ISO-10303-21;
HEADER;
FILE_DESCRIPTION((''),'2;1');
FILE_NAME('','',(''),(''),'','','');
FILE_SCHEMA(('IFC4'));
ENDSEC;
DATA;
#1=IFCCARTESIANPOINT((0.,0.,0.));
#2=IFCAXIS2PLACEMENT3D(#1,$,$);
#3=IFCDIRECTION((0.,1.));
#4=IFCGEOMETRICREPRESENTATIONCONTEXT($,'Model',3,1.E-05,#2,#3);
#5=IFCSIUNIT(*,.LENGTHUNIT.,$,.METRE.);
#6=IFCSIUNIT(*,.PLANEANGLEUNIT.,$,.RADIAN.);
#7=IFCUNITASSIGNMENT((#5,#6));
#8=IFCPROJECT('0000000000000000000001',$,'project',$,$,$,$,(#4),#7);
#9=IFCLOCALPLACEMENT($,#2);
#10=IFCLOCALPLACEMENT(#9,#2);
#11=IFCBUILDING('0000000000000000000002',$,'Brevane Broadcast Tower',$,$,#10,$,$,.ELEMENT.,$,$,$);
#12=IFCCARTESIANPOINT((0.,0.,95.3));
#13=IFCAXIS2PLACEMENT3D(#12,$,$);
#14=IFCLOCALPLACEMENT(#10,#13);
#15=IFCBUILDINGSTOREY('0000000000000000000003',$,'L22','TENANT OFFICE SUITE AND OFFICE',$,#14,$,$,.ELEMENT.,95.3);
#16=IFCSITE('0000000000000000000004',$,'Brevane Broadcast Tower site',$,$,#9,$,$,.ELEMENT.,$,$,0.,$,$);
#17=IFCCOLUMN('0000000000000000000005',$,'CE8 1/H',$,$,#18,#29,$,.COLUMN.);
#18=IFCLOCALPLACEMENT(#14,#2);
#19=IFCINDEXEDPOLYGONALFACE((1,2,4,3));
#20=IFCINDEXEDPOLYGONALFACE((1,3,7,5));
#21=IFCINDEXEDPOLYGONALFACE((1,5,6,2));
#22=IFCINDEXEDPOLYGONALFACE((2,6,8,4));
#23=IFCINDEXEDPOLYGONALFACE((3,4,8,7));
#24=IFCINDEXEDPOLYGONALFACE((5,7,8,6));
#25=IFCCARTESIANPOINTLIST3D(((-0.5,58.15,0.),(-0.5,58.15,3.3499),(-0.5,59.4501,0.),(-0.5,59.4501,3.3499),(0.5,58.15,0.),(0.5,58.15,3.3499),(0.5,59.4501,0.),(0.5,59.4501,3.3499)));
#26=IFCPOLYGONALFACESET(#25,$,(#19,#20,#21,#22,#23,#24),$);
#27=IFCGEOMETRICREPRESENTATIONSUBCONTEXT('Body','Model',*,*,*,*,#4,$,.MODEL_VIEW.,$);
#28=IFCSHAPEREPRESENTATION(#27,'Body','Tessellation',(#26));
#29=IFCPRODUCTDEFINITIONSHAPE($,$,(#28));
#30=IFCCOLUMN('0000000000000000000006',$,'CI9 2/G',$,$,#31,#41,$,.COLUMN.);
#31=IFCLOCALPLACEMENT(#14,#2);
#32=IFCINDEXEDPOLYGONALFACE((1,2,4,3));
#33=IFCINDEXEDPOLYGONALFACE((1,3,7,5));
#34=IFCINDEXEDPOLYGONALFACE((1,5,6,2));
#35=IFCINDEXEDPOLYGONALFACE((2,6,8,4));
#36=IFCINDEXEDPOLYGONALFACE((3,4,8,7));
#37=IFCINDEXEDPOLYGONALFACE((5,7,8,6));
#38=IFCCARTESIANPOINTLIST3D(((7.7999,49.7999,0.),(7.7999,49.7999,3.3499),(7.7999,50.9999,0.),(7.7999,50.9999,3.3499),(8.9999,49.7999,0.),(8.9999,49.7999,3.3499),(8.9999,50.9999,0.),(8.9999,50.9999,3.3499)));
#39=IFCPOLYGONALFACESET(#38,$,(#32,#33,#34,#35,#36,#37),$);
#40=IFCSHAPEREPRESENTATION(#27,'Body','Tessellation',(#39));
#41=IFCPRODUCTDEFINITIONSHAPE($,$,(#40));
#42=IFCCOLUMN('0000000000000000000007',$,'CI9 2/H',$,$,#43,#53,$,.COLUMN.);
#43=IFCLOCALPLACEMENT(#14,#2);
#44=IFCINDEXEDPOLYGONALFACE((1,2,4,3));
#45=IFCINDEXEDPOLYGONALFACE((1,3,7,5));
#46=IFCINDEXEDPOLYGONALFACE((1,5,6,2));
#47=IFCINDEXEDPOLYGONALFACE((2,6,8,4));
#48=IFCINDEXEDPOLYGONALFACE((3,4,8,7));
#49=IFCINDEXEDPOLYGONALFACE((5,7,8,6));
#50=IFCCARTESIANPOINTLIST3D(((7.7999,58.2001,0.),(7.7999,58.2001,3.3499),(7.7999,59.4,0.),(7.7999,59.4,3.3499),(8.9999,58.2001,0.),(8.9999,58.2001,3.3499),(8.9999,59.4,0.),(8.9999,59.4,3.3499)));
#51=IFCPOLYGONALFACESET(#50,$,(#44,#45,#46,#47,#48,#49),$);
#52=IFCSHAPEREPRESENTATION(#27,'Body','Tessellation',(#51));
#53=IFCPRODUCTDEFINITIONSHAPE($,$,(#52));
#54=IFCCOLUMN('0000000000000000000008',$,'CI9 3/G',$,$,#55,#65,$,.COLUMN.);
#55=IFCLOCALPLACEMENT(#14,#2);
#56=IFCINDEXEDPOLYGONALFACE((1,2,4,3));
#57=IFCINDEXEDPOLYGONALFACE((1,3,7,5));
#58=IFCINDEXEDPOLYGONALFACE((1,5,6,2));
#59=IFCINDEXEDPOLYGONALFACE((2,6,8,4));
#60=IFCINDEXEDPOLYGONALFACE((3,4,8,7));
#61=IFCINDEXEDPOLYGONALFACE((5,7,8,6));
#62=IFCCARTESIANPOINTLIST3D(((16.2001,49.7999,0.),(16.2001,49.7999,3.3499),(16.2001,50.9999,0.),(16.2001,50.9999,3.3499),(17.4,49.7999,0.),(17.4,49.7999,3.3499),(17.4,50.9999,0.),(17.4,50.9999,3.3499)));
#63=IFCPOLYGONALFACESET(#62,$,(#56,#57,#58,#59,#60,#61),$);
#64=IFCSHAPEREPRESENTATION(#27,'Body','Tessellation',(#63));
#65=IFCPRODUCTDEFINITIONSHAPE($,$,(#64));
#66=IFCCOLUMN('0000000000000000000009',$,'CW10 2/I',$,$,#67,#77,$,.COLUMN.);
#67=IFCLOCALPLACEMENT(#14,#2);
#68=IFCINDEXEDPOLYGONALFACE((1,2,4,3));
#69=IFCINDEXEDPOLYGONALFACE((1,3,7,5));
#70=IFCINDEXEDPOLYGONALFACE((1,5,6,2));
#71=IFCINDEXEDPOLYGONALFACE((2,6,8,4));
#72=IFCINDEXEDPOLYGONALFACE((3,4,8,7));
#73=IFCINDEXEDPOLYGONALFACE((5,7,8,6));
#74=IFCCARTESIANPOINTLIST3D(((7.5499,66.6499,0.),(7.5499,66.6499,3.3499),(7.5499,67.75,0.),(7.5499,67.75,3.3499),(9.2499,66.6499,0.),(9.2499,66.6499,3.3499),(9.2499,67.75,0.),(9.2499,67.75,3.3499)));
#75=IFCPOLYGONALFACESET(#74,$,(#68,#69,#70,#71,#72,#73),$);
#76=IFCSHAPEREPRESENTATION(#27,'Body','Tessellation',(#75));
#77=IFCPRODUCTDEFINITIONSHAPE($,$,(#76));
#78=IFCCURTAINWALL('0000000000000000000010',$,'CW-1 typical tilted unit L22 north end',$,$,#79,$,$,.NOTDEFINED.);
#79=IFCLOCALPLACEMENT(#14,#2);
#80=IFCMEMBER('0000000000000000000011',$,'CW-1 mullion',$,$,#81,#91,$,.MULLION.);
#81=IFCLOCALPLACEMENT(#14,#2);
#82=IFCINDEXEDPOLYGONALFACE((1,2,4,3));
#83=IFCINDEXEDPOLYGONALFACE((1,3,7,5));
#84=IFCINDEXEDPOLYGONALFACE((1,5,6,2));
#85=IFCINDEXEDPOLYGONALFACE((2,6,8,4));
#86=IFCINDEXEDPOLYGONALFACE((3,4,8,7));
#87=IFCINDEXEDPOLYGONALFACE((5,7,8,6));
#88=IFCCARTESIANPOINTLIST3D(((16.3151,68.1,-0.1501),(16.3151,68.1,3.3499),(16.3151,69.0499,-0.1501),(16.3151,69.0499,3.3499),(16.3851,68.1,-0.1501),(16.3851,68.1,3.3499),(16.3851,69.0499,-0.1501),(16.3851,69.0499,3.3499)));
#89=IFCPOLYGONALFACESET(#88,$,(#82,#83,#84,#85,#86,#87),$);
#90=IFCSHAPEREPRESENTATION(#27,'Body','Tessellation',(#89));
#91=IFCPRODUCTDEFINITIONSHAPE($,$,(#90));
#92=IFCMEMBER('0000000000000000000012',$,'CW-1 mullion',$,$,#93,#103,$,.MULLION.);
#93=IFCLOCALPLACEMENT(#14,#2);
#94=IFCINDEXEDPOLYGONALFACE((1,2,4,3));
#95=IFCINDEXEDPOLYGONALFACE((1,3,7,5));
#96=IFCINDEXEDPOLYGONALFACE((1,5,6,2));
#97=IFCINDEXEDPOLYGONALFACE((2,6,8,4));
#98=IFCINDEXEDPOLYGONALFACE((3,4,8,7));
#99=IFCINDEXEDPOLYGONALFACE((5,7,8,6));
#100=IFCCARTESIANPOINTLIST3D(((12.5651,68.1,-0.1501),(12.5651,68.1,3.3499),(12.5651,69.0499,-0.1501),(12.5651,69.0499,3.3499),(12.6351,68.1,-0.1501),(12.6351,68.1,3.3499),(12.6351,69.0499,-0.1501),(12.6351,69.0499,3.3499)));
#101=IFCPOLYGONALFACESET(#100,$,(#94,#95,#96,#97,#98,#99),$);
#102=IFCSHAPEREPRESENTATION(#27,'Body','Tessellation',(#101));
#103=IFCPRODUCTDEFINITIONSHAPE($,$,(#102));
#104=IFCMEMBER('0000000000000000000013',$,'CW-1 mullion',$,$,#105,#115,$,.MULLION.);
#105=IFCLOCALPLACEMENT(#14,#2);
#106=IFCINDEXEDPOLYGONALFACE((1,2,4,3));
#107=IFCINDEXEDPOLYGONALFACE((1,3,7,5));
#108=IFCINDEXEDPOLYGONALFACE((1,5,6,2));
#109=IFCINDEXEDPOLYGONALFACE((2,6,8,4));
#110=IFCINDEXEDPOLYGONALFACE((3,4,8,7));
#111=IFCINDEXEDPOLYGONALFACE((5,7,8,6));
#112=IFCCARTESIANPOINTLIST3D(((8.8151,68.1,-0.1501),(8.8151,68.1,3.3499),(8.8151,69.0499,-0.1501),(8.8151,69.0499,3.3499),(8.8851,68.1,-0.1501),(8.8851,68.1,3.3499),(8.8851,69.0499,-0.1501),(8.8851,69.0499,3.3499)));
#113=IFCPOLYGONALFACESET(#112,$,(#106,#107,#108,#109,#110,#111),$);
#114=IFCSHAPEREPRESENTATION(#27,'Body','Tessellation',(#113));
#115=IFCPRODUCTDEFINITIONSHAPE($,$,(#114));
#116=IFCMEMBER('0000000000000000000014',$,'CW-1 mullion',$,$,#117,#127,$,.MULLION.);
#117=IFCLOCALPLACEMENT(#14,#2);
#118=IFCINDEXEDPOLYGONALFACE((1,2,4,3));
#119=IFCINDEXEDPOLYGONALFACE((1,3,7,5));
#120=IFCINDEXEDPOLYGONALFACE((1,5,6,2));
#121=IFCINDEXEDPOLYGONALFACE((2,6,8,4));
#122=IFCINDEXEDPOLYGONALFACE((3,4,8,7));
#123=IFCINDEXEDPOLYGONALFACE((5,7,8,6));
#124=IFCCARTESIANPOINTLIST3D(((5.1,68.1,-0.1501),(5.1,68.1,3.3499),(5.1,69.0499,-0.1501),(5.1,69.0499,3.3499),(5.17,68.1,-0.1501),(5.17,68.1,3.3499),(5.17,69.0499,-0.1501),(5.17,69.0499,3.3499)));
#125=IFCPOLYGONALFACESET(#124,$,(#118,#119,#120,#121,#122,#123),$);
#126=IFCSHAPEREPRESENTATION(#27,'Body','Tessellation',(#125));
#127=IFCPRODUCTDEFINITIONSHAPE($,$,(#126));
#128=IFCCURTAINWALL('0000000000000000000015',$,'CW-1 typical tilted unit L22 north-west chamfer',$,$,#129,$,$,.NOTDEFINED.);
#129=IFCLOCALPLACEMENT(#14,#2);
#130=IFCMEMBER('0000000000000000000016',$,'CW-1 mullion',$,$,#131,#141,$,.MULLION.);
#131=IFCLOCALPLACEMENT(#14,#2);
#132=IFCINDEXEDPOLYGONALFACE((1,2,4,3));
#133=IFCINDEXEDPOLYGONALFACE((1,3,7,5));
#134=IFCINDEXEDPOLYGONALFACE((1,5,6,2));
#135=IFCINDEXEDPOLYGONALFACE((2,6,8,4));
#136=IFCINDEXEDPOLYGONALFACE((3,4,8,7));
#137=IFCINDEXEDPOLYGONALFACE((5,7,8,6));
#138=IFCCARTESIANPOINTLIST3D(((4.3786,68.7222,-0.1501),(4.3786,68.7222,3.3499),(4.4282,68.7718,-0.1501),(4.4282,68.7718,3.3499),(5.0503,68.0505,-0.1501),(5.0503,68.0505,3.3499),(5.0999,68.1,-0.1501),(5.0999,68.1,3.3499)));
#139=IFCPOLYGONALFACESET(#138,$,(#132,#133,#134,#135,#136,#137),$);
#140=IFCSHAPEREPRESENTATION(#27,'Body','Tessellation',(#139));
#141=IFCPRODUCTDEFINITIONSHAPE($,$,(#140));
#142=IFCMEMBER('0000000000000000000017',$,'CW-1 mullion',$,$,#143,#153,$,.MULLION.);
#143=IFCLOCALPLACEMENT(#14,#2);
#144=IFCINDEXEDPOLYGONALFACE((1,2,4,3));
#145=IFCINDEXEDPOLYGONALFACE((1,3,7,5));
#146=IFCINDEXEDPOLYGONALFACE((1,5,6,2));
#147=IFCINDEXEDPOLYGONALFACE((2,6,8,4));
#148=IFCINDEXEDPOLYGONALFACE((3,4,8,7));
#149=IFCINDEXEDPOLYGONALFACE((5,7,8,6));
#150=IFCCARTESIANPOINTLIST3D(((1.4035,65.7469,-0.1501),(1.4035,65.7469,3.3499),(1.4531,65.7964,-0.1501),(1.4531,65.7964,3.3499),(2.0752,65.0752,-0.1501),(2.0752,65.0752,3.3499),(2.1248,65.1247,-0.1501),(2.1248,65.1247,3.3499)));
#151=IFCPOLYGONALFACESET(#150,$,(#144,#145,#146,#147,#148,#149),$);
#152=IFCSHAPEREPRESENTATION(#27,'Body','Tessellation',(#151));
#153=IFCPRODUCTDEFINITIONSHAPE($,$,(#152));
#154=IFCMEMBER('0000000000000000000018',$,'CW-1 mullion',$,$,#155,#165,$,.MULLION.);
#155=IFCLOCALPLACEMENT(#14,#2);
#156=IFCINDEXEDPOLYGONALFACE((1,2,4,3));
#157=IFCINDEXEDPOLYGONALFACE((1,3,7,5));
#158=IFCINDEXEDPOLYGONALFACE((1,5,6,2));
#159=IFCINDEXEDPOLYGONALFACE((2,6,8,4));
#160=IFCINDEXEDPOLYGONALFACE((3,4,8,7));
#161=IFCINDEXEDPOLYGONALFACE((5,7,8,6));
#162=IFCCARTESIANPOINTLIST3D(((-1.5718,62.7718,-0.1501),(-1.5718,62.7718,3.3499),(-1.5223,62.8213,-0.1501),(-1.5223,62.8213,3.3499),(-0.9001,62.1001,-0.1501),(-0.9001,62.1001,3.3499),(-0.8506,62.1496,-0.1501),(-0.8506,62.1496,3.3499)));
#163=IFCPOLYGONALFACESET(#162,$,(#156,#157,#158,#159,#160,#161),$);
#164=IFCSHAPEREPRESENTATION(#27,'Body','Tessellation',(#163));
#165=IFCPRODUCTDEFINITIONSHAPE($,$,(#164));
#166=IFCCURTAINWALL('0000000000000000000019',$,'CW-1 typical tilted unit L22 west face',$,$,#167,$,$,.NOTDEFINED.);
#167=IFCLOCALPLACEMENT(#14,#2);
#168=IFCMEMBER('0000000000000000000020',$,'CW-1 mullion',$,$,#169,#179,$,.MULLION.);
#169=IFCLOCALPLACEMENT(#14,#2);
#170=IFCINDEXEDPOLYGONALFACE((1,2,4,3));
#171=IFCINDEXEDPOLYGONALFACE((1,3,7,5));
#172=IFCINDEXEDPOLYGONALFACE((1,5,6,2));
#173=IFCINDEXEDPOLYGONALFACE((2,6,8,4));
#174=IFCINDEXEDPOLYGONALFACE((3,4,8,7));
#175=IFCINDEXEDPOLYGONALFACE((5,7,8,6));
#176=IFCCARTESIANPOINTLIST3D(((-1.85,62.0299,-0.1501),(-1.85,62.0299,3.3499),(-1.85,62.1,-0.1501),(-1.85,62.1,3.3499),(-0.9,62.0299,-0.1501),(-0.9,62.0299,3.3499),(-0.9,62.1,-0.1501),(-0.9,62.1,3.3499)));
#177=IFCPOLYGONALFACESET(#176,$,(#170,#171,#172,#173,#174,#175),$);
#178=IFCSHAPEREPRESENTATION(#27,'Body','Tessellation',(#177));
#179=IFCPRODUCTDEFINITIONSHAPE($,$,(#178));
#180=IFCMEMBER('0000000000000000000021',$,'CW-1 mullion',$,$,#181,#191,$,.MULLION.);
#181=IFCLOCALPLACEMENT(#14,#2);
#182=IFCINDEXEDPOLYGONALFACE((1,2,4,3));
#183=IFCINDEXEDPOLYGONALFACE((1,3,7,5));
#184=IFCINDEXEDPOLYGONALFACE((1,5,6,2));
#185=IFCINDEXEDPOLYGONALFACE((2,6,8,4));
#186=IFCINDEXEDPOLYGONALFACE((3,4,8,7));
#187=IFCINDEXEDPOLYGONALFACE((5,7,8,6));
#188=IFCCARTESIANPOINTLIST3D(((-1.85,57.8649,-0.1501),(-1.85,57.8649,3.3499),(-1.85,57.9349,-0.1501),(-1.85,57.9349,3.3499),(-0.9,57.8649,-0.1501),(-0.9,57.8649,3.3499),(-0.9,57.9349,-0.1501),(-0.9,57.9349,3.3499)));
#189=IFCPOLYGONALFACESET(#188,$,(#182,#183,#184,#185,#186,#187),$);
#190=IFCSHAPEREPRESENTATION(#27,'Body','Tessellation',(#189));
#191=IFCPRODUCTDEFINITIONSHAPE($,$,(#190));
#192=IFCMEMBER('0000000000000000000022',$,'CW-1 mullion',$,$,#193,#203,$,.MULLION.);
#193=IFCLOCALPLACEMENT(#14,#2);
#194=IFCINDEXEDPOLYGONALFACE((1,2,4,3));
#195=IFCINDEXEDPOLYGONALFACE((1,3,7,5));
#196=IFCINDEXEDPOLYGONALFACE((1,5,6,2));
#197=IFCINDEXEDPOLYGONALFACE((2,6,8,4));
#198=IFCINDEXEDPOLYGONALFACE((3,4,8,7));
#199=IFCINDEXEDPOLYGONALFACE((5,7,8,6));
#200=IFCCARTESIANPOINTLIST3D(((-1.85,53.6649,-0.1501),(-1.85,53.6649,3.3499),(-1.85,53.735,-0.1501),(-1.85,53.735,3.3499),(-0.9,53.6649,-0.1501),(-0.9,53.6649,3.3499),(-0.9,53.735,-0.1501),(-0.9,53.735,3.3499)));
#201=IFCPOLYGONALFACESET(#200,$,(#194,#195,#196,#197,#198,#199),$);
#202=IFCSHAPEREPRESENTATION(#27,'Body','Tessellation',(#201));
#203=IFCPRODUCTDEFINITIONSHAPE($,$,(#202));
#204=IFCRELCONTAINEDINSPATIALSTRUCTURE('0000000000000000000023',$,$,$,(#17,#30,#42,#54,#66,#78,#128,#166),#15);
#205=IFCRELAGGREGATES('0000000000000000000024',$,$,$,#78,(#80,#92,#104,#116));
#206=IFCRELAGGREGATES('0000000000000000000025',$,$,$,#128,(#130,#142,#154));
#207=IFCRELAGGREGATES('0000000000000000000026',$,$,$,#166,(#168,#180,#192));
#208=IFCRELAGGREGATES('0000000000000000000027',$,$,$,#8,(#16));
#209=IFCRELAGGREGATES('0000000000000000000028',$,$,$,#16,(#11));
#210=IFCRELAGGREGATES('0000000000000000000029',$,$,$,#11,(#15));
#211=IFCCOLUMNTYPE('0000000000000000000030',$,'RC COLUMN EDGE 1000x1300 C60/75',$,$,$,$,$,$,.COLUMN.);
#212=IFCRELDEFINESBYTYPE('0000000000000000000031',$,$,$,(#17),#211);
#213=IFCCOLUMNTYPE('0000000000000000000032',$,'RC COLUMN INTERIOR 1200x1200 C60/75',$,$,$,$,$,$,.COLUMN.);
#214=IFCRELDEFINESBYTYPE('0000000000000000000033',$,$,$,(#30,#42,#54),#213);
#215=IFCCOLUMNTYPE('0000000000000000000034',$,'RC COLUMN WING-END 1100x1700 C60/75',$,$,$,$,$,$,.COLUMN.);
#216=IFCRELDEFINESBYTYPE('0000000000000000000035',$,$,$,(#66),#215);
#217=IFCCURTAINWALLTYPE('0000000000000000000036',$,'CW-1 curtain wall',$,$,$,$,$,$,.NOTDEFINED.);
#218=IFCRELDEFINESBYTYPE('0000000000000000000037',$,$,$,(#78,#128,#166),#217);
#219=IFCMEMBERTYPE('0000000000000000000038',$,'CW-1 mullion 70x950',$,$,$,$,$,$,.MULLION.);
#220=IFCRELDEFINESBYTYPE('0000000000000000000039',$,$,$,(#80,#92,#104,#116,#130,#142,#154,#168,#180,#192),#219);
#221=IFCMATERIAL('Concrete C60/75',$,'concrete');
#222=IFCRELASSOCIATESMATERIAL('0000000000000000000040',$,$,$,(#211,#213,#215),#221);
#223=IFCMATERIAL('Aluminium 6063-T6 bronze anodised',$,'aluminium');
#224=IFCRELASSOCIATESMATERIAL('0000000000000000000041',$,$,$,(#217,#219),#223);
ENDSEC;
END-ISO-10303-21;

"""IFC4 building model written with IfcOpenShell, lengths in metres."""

from ifc_helpers import new_model, si_unit, direction, frame, origin, origin_2d, place, context, subcontext, project, spatial, rectangle, extrude, material, material_profile, profile_set, type_object, element, aggregate, save


model = new_model("IFC4")

# Units and contexts
model_context = context("Model", 3, precision=1e-05, world=origin(), true_north=direction((0.0, 1.0)))
body_context = subcontext(model_context, "Body", "Model", "MODEL_VIEW")
ifc_project = project(units=[si_unit("LENGTHUNIT", "METRE"), si_unit("PLANEANGLEUNIT", "RADIAN")], contexts=[model_context])

# Site, building, storey
site_placement = place(None, origin())
site = spatial("IfcSite", under=ifc_project, at=site_placement, Name="Brevane Broadcast Tower site", CompositionType="ELEMENT", RefElevation=0.0)
building_placement = place(site_placement, origin())
building = spatial("IfcBuilding", under=site, at=building_placement, Name="Brevane Broadcast Tower", CompositionType="ELEMENT")
storey_placement = place(building_placement, frame((0.0, 0.0, 95.3)))
storey = spatial("IfcBuildingStorey", under=building, at=storey_placement, Name="L22", Description="TENANT OFFICE SUITE AND OFFICE", CompositionType="ELEMENT", Elevation=95.3)

# Columns
ifc_material_1 = material(Name="Concrete C60/75", Category="concrete")
ifc_material_profile_1 = material_profile(ifc_material_1, rectangle(XDim=1.0, YDim=1.3, at=origin_2d()), Name="RC 1000x1300")
ifc_profile_set_1 = profile_set([ifc_material_profile_1], Name="Concrete C60/75")
column_type_1 = type_object("IfcColumnType", Name="RC COLUMN EDGE 1000x1300 C60/75", PredefinedType="COLUMN", material=ifc_profile_set_1)
column_1_placement = place(storey_placement, frame((0.0, 58.8, 0.0), z_axis=(0.0, 0.0, 1.0), x_axis=(1.0, 0.0, 0.0)))
element("IfcColumn", 1, at=column_1_placement, inside=storey, type_object=column_type_1, Name="CE8 1/H", PredefinedType="COLUMN", context=body_context, shape_type="SweptSolid", body=[
    extrude(rectangle(XDim=1.0, YDim=1.3, at=origin_2d()), origin(), (0.0, 0.0, 1.0), 3.3499),
])
ifc_material_profile_2 = material_profile(ifc_material_1, rectangle(XDim=1.2, YDim=1.2, at=origin_2d()), Name="RC 1200x1200")
ifc_profile_set_2 = profile_set([ifc_material_profile_2], Name="Concrete C60/75")
column_type_2 = type_object("IfcColumnType", Name="RC COLUMN INTERIOR 1200x1200 C60/75", PredefinedType="COLUMN", material=ifc_profile_set_2)
for number, where, z_axis, x_axis, name in (
    (2, (8.3999, 50.3999, 0.0), (0.0, 0.0, 1.0), (1.0, 0.0, 0.0), "CI9 2/G"),
    (3, (8.3999, 58.8, 0.0), (0.0, 0.0, 1.0), (1.0, 0.0, 0.0), "CI9 2/H"),
    (4, (16.8, 50.3999, 0.0), (0.0, 0.0, 1.0), (1.0, 0.0, 0.0), "CI9 3/G"),
):
    element("IfcColumn", number, at=place(storey_placement, frame(where, z_axis=z_axis, x_axis=x_axis)), inside=storey, type_object=column_type_2, Name=name, PredefinedType="COLUMN", context=body_context, shape_type="SweptSolid", body=[
        extrude(rectangle(XDim=1.2, YDim=1.2, at=origin_2d()), origin(), (0.0, 0.0, 1.0), 3.3499),
    ])
ifc_material_profile_3 = material_profile(ifc_material_1, rectangle(XDim=1.1001, YDim=1.7, at=origin_2d()), Name="RC 1100x1700")
ifc_profile_set_3 = profile_set([ifc_material_profile_3], Name="Concrete C60/75")
column_type_3 = type_object("IfcColumnType", Name="RC COLUMN WING-END 1100x1700 C60/75", PredefinedType="COLUMN", material=ifc_profile_set_3)
column_2_placement = place(storey_placement, frame((8.3999, 67.2, 0.0), z_axis=(0.0, 0.0, 1.0), x_axis=(0.0, 1.0, 0.0)))
element("IfcColumn", 5, at=column_2_placement, inside=storey, type_object=column_type_3, Name="CW10 2/I", PredefinedType="COLUMN", context=body_context, shape_type="SweptSolid", body=[
    extrude(rectangle(XDim=1.1001, YDim=1.7, at=origin_2d()), origin(), (0.0, 0.0, 1.0), 3.3499),
])

# Curtain walls, members
ifc_material_2 = material(Name="Aluminium 6063-T6 bronze anodised", Category="aluminium")
curtain_wall_type = type_object("IfcCurtainWallType", Name="CW-1 curtain wall", PredefinedType="NOTDEFINED", material=ifc_material_2)
curtain_wall_1_placement = place(storey_placement, origin())
curtain_wall_1 = element("IfcCurtainWall", 6, at=curtain_wall_1_placement, inside=storey, type_object=curtain_wall_type, Name="CW-1 typical tilted unit L22 north end", PredefinedType="NOTDEFINED")
ifc_material_profile_4 = material_profile(ifc_material_2, rectangle(XDim=0.95, YDim=0.0701, at=origin_2d()), Name="RECT 70x950")
ifc_profile_set_4 = profile_set([ifc_material_profile_4], Name="Aluminium 6063-T6 bronze anodised")
member_type_1 = type_object("IfcMemberType", Name="CW-1 mullion 70x950", PredefinedType="MULLION", material=ifc_profile_set_4)
member_1_placement = place(storey_placement, frame((16.3501, 68.575, -0.1501), z_axis=(0.0, 0.0, 1.0), x_axis=(0.0, -1.0, 0.0)))
member_1 = element("IfcMember", 7, at=member_1_placement, type_object=member_type_1, Name="CW-1 mullion", PredefinedType="MULLION", context=body_context, shape_type="SweptSolid", body=[
    extrude(rectangle(XDim=0.95, YDim=0.0701, at=origin_2d()), origin(), (0.0, 0.0, 1.0), 3.5),
])
member_2_placement = place(storey_placement, frame((12.6001, 68.575, -0.1501), z_axis=(0.0, 0.0, 1.0), x_axis=(0.0, -1.0, 0.0)))
member_2 = element("IfcMember", 8, at=member_2_placement, type_object=member_type_1, Name="CW-1 mullion", PredefinedType="MULLION", context=body_context, shape_type="SweptSolid", body=[
    extrude(rectangle(XDim=0.95, YDim=0.0701, at=origin_2d()), origin(), (0.0, 0.0, 1.0), 3.5),
])
member_3_placement = place(storey_placement, frame((8.8501, 68.575, -0.1501), z_axis=(0.0, 0.0, 1.0), x_axis=(0.0, -1.0, 0.0)))
member_3 = element("IfcMember", 9, at=member_3_placement, type_object=member_type_1, Name="CW-1 mullion", PredefinedType="MULLION", context=body_context, shape_type="SweptSolid", body=[
    extrude(rectangle(XDim=0.95, YDim=0.0701, at=origin_2d()), origin(), (0.0, 0.0, 1.0), 3.5),
])
member_4_placement = place(storey_placement, frame((5.135, 68.575, -0.1501), z_axis=(0.0, 0.0, 1.0), x_axis=(0.0, -1.0, 0.0)))
member_4 = element("IfcMember", 10, at=member_4_placement, type_object=member_type_1, Name="CW-1 mullion", PredefinedType="MULLION", context=body_context, shape_type="SweptSolid", body=[
    extrude(rectangle(XDim=0.95, YDim=0.0701, at=origin_2d()), origin(), (0.0, 0.0, 1.0), 3.5),
])
aggregate(curtain_wall_1, [member_1, member_2, member_3, member_4])
curtain_wall_2_placement = place(storey_placement, origin())
curtain_wall_2 = element("IfcCurtainWall", 11, at=curtain_wall_2_placement, inside=storey, type_object=curtain_wall_type, Name="CW-1 typical tilted unit L22 north-west chamfer", PredefinedType="NOTDEFINED")
member_5_placement = place(storey_placement, frame((4.7393, 68.4111, -0.1501), z_axis=(0.0, 0.0, 1.0), x_axis=(0.707107, -0.707107, 0.0)))
member_5 = element("IfcMember", 12, at=member_5_placement, type_object=member_type_1, Name="CW-1 mullion", PredefinedType="MULLION", context=body_context, shape_type="SweptSolid", body=[
    extrude(rectangle(XDim=0.95, YDim=0.0701, at=origin_2d()), origin(), (0.0, 0.0, 1.0), 3.5),
])
member_6_placement = place(storey_placement, frame((1.7642, 65.4358, -0.1501), z_axis=(0.0, 0.0, 1.0), x_axis=(0.707107, -0.707107, 0.0)))
member_6 = element("IfcMember", 13, at=member_6_placement, type_object=member_type_1, Name="CW-1 mullion", PredefinedType="MULLION", context=body_context, shape_type="SweptSolid", body=[
    extrude(rectangle(XDim=0.95, YDim=0.0701, at=origin_2d()), origin(), (0.0, 0.0, 1.0), 3.5),
])
member_7_placement = place(storey_placement, frame((-1.2112, 62.4607, -0.1501), z_axis=(0.0, 0.0, 1.0), x_axis=(0.707107, -0.707107, 0.0)))
member_7 = element("IfcMember", 14, at=member_7_placement, type_object=member_type_1, Name="CW-1 mullion", PredefinedType="MULLION", context=body_context, shape_type="SweptSolid", body=[
    extrude(rectangle(XDim=0.95, YDim=0.0701, at=origin_2d()), origin(), (0.0, 0.0, 1.0), 3.5),
])
curtain_wall_3_placement = place(storey_placement, origin())
curtain_wall_3 = element("IfcCurtainWall", 15, at=curtain_wall_3_placement, inside=storey, type_object=curtain_wall_type, Name="CW-1 typical tilted unit L22 west face", PredefinedType="NOTDEFINED")
member_8_placement = place(storey_placement, frame((-1.375, 62.0649, -0.1501), z_axis=(0.0, 0.0, 1.0), x_axis=(1.0, 0.0, 0.0)))
member_8 = element("IfcMember", 16, at=member_8_placement, type_object=member_type_1, Name="CW-1 mullion", PredefinedType="MULLION", context=body_context, shape_type="SweptSolid", body=[
    extrude(rectangle(XDim=0.95, YDim=0.0701, at=origin_2d()), origin(), (0.0, 0.0, 1.0), 3.5),
])
member_9_placement = place(storey_placement, frame((-1.375, 57.8999, -0.1501), z_axis=(0.0, 0.0, 1.0), x_axis=(1.0, 0.0, 0.0)))
member_9 = element("IfcMember", 17, at=member_9_placement, type_object=member_type_1, Name="CW-1 mullion", PredefinedType="MULLION", context=body_context, shape_type="SweptSolid", body=[
    extrude(rectangle(XDim=0.95, YDim=0.0701, at=origin_2d()), origin(), (0.0, 0.0, 1.0), 3.5),
])
member_10_placement = place(storey_placement, frame((-1.375, 53.7, -0.1501), z_axis=(0.0, 0.0, 1.0), x_axis=(1.0, 0.0, 0.0)))
member_10 = element("IfcMember", 18, at=member_10_placement, type_object=member_type_1, Name="CW-1 mullion", PredefinedType="MULLION", context=body_context, shape_type="SweptSolid", body=[
    extrude(rectangle(XDim=0.95, YDim=0.0701, at=origin_2d()), origin(), (0.0, 0.0, 1.0), 3.5),
])

aggregate(curtain_wall_2, [member_5, member_6, member_7])
aggregate(curtain_wall_3, [member_8, member_9, member_10])

save(model, "model.ifc")
